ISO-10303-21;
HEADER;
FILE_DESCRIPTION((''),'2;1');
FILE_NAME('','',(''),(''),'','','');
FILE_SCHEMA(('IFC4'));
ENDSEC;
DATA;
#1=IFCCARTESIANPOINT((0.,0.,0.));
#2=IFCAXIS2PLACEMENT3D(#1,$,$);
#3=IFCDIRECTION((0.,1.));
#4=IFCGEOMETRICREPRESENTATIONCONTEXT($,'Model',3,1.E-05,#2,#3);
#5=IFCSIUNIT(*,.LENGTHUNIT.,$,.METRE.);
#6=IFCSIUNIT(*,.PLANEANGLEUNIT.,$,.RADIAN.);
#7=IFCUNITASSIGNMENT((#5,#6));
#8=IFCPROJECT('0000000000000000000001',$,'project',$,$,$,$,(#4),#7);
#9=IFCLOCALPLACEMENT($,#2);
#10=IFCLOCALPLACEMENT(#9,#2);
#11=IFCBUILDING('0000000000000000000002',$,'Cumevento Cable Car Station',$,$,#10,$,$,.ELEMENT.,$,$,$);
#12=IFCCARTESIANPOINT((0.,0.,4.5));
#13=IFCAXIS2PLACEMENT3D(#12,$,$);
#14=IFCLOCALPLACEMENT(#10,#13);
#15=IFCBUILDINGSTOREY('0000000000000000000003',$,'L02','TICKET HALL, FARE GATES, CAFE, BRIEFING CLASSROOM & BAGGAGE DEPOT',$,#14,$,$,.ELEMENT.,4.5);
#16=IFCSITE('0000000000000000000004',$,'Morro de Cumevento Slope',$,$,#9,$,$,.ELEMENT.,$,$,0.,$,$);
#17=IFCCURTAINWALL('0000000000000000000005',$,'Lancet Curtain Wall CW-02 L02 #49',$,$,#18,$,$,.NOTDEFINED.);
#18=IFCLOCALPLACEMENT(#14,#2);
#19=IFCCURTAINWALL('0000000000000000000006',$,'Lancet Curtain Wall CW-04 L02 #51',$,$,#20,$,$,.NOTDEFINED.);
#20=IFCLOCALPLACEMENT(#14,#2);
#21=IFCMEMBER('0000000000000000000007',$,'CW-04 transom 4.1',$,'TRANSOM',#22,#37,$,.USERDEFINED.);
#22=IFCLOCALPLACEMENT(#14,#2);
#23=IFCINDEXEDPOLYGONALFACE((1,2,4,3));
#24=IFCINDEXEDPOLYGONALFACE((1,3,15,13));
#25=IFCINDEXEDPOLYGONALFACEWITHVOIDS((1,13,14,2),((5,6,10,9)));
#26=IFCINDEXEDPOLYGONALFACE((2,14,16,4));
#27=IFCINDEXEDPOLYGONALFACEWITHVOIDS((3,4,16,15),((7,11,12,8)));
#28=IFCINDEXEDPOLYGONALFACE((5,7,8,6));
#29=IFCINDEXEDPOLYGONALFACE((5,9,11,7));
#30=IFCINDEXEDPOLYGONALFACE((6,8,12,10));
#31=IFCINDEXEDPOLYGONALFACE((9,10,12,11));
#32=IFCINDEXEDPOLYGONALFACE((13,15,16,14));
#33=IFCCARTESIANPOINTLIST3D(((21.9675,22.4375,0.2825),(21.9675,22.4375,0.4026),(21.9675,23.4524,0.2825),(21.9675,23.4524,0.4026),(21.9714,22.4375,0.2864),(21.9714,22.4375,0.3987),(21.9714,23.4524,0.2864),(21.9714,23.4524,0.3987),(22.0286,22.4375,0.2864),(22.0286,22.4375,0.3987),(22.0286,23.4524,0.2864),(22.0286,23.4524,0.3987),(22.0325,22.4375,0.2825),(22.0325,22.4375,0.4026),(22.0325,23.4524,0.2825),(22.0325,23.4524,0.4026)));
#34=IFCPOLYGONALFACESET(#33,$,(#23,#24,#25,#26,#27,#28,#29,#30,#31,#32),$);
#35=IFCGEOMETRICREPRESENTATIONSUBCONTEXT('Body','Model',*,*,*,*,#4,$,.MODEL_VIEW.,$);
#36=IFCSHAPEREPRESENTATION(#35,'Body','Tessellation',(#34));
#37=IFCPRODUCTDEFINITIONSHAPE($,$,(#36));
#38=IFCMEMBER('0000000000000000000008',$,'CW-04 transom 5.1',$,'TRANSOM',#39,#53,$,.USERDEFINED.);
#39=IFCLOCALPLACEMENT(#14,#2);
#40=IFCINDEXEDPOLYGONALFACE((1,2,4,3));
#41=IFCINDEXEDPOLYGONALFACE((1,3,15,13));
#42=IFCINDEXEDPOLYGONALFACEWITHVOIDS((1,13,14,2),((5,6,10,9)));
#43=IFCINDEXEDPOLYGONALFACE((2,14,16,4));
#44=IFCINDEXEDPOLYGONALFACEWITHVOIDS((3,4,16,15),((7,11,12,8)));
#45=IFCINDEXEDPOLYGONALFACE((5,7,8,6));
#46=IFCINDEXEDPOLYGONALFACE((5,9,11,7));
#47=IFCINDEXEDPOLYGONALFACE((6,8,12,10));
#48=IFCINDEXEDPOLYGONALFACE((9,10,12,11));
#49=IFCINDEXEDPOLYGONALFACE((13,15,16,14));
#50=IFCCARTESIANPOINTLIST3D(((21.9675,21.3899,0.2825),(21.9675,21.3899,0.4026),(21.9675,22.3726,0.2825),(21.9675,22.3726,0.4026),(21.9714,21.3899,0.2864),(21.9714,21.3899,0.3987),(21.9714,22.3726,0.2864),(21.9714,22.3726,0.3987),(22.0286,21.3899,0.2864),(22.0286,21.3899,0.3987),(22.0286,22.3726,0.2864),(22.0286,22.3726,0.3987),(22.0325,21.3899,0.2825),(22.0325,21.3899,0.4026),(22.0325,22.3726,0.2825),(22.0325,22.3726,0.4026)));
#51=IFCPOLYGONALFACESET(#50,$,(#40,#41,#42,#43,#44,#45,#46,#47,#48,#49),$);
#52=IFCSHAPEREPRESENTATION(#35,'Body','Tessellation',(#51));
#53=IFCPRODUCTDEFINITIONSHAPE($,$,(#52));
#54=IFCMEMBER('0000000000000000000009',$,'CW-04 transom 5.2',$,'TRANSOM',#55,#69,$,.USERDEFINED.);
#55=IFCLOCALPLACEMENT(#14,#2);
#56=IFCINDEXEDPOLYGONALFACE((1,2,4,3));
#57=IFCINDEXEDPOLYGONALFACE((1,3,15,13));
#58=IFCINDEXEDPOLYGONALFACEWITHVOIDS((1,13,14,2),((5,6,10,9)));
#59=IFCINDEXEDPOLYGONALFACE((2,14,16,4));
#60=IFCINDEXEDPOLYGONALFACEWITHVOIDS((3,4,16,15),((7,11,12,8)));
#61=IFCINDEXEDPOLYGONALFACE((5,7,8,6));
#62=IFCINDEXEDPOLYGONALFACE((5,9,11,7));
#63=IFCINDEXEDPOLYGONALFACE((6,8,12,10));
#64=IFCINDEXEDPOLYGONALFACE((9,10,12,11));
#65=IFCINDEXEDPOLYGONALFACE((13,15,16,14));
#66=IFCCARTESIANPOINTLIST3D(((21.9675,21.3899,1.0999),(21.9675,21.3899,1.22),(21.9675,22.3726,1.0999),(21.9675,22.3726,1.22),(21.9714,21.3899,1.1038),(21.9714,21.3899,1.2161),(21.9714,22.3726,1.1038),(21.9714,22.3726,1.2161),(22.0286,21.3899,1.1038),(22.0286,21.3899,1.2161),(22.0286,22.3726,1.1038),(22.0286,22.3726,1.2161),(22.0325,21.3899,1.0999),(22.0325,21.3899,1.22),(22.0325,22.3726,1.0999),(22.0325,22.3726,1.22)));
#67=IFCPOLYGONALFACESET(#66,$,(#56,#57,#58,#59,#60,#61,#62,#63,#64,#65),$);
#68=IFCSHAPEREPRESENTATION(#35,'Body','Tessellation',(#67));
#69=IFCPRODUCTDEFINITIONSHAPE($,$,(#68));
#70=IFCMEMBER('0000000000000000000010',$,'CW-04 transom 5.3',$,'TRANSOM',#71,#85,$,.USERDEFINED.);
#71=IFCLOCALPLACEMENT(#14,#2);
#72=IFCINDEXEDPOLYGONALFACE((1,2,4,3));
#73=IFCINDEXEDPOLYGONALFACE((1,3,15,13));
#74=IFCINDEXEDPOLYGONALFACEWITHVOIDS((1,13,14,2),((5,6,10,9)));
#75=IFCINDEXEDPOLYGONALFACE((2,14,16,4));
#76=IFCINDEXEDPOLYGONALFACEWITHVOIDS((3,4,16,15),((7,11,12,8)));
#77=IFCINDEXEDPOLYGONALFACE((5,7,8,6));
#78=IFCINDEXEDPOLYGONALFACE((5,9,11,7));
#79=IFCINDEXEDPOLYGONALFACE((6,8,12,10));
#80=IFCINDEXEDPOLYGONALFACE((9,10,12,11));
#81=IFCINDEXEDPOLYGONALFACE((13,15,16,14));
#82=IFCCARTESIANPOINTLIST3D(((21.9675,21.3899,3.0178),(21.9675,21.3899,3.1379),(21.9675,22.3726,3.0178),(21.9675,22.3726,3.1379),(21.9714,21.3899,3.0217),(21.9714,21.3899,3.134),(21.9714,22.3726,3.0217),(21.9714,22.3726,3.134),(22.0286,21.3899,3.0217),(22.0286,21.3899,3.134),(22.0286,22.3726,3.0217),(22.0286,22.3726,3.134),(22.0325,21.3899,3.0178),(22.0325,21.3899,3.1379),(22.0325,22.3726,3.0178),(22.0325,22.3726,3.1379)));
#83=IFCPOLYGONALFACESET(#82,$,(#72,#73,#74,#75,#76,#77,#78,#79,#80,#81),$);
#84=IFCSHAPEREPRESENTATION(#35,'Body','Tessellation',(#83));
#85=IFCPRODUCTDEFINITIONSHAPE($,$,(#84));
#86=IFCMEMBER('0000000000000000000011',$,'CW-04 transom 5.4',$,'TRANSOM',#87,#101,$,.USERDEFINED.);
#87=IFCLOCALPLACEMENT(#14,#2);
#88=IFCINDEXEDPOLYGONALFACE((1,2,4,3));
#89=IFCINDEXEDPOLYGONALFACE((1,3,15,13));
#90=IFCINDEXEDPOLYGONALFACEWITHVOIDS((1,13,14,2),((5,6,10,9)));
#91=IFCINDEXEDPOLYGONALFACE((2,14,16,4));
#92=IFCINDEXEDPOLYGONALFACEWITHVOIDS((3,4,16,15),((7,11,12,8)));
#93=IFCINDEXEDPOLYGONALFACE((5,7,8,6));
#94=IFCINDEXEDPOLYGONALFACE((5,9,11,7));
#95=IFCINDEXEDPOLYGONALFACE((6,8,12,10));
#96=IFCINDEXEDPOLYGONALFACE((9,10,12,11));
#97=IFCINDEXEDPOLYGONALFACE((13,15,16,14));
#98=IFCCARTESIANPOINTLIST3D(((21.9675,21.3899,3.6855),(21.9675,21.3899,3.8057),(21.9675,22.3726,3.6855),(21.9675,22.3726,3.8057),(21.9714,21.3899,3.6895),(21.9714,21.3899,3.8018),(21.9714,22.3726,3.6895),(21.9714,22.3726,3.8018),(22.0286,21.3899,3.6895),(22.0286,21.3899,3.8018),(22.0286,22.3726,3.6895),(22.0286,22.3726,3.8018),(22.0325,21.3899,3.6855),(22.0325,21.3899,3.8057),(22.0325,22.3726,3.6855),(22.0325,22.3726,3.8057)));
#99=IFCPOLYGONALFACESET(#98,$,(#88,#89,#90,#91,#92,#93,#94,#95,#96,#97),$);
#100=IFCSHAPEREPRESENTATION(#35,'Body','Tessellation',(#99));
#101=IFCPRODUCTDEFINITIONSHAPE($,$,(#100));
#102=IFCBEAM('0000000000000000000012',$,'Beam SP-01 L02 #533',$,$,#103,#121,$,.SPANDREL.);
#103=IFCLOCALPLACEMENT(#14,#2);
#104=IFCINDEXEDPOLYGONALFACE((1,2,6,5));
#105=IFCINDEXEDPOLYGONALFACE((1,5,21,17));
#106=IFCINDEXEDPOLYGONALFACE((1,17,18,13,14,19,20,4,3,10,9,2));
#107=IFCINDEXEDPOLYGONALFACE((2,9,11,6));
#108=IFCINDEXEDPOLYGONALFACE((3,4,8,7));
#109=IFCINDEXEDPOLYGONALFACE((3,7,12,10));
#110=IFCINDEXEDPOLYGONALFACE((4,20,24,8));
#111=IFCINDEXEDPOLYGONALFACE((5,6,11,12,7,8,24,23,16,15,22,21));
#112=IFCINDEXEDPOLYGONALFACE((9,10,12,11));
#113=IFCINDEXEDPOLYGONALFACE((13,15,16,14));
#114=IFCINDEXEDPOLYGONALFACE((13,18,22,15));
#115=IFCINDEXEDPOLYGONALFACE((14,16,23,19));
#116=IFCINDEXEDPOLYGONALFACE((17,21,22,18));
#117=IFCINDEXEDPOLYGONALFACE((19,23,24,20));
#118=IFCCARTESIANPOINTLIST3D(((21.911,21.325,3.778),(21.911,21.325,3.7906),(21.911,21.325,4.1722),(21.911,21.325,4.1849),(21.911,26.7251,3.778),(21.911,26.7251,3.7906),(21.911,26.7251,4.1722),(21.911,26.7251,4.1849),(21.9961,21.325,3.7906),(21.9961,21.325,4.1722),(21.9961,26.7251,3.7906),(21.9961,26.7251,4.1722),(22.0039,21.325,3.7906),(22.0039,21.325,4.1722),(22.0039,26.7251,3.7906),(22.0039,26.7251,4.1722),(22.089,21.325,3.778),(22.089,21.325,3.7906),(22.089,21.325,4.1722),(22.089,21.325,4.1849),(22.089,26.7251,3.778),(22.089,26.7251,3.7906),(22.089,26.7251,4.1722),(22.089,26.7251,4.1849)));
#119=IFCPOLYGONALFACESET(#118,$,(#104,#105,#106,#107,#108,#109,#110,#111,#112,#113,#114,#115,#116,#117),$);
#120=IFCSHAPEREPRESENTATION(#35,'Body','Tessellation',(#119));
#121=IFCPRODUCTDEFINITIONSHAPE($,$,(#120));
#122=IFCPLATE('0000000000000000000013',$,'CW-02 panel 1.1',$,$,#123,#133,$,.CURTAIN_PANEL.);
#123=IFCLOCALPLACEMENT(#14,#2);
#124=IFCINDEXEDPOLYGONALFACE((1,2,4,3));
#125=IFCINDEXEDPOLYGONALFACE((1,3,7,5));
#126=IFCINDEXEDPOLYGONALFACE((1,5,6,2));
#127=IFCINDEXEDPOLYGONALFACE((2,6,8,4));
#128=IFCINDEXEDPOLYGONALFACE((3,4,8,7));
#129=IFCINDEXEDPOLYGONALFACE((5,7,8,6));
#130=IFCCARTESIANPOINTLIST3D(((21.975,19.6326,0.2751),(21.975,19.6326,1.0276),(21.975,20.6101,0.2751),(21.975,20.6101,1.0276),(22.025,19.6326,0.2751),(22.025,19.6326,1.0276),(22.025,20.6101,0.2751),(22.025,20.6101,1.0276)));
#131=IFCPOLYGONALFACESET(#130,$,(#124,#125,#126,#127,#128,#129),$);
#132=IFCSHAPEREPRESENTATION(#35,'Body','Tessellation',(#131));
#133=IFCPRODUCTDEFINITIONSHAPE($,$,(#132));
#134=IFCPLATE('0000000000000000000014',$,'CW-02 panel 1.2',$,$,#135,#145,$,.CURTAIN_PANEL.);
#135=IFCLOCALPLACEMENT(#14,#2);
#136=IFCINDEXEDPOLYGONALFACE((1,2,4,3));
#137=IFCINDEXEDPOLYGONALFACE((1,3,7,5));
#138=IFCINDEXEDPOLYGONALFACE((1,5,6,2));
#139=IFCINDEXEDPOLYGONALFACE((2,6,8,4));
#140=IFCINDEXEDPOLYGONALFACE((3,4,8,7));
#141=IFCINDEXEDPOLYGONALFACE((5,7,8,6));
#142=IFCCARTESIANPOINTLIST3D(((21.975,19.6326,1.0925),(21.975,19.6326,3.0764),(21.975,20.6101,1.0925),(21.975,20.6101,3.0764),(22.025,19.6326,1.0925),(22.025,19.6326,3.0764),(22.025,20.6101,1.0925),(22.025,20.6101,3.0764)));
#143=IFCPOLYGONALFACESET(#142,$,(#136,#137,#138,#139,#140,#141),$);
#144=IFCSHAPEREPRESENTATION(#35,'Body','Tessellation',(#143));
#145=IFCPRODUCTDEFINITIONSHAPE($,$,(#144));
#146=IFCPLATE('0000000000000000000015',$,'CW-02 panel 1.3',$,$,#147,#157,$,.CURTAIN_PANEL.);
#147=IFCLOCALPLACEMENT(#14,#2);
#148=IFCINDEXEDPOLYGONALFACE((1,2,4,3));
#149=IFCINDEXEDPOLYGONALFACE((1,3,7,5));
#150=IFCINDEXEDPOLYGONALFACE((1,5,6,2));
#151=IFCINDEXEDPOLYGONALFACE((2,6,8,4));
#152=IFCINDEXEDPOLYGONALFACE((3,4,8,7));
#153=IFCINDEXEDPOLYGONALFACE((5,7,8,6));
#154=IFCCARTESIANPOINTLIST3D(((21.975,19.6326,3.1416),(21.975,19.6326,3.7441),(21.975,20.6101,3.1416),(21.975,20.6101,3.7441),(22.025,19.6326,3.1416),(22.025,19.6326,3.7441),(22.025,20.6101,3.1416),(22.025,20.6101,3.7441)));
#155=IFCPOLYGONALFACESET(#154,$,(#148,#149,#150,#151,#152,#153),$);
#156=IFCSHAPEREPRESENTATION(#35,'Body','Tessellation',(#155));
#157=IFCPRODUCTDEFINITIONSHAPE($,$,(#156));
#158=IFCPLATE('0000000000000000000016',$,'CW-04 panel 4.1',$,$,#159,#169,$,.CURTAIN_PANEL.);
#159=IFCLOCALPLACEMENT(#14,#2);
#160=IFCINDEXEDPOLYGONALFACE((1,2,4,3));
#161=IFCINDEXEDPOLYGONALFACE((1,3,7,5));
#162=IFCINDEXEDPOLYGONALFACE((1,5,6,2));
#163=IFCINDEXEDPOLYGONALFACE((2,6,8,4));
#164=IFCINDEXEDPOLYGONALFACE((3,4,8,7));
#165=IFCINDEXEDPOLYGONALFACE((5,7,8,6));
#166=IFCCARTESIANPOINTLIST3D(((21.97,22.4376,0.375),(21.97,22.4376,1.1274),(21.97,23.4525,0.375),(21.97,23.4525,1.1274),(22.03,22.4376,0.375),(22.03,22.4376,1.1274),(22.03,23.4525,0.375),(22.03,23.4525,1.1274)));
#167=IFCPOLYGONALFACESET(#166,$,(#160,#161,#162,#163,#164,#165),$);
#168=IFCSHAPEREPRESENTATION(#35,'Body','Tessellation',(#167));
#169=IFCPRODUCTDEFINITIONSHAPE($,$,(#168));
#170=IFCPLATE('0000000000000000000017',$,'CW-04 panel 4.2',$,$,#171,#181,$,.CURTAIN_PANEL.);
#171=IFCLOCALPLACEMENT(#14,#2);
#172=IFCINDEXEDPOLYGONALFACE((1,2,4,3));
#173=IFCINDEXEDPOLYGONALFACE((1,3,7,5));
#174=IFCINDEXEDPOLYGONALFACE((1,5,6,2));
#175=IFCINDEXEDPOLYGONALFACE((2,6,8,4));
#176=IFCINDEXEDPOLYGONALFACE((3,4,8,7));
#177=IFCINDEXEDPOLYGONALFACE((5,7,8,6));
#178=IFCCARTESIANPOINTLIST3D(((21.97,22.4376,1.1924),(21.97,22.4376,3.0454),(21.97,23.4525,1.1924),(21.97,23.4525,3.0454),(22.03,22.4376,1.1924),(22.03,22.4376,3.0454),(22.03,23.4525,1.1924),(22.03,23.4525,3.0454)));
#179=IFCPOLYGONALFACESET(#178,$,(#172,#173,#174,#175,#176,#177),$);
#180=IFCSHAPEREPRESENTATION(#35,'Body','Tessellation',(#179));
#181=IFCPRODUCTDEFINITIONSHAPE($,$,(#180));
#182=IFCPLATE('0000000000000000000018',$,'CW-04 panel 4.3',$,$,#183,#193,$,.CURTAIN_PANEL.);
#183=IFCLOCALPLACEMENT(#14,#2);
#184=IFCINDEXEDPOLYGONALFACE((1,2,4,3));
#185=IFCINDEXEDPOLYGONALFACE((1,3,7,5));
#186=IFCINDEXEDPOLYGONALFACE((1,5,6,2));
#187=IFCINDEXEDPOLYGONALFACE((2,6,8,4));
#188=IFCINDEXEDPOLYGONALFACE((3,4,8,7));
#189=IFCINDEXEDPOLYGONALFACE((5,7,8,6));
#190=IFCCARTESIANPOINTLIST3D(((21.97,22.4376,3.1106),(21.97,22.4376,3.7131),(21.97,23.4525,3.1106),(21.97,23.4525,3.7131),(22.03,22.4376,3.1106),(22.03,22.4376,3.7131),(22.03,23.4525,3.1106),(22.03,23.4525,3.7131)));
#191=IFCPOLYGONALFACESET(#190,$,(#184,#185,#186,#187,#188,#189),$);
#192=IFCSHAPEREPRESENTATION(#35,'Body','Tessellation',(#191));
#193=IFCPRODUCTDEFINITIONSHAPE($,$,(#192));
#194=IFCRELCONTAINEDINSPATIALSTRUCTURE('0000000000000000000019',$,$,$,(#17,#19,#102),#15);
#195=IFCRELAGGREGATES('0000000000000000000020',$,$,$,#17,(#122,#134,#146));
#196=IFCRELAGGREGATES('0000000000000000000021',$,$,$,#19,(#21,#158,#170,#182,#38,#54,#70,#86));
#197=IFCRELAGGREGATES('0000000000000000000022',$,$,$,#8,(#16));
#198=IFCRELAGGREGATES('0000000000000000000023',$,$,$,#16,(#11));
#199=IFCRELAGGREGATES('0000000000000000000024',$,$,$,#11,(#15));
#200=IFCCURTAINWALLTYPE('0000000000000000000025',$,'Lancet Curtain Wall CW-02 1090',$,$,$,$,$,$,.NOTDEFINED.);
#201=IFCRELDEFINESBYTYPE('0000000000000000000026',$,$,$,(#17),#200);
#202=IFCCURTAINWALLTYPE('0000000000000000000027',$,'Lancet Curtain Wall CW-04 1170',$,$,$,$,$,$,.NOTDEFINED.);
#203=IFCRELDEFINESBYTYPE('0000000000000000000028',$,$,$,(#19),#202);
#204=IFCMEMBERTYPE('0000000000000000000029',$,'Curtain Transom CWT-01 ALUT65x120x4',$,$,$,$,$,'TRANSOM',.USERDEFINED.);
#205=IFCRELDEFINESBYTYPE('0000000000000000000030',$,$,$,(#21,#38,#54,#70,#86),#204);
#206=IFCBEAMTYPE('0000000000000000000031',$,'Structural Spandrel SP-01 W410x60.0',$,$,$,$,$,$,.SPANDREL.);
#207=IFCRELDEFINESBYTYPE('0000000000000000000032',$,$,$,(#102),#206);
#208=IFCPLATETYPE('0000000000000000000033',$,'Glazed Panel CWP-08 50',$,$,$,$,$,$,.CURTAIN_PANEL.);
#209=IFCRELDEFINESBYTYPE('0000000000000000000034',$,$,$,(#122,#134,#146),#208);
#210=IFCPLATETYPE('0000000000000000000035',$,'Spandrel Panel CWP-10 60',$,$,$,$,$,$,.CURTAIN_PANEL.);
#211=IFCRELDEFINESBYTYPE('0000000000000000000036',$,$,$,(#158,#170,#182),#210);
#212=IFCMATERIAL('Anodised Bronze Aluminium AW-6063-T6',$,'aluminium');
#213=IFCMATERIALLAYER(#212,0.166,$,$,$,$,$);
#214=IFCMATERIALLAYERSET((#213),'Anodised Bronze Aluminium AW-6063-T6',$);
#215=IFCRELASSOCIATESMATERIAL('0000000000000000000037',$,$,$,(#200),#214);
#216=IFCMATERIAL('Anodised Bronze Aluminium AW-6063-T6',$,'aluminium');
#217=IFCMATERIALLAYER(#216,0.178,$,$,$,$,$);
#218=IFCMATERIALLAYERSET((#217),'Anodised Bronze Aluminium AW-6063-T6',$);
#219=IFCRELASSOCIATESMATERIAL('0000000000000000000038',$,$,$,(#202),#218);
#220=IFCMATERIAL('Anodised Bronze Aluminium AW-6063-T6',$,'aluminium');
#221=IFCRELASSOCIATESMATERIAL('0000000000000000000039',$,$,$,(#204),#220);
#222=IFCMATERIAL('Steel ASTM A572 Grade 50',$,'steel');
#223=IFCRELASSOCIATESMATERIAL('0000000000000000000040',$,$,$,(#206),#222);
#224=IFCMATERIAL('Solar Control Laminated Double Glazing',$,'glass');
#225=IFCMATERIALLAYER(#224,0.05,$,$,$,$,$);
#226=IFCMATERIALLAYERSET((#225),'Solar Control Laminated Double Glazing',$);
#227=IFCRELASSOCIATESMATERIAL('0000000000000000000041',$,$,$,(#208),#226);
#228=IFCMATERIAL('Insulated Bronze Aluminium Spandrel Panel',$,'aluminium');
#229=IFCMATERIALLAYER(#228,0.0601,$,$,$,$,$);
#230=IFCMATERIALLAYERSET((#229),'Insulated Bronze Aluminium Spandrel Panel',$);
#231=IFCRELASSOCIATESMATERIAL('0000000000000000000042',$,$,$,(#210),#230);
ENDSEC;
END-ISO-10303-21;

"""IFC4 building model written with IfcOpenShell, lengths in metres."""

from ifc_helpers import new_model, si_unit, direction, frame, origin, origin_2d, place, context, subcontext, project, spatial, rectangle, hollow_rectangle, i_section, extrude, material, layer, layer_set, material_profile, profile_set, type_object, element, aggregate, save


model = new_model("IFC4")

# Units and contexts
model_context = context("Model", 3, precision=1e-05, world=origin(), true_north=direction((0.0, 1.0)))
body_context = subcontext(model_context, "Body", "Model", "MODEL_VIEW")
ifc_project = project(units=[si_unit("LENGTHUNIT", "METRE"), si_unit("PLANEANGLEUNIT", "RADIAN")], contexts=[model_context])

# Site, building, storey
site_placement = place(None, origin())
site = spatial("IfcSite", under=ifc_project, at=site_placement, Name="Morro de Cumevento Slope", CompositionType="ELEMENT", RefElevation=0.0)
building_placement = place(site_placement, origin())
building = spatial("IfcBuilding", under=site, at=building_placement, Name="Cumevento Cable Car Station", CompositionType="ELEMENT")
storey_placement = place(building_placement, frame((0.0, 0.0, 4.5)))
storey = spatial("IfcBuildingStorey", under=building, at=storey_placement, Name="L02", Description="TICKET HALL, FARE GATES, CAFE, BRIEFING CLASSROOM & BAGGAGE DEPOT", CompositionType="ELEMENT", Elevation=4.5)

# Curtain walls
ifc_material_1 = material(Name="Anodised Bronze Aluminium AW-6063-T6", Category="aluminium")
ifc_layer_1 = layer(ifc_material_1, 0.166)
ifc_layer_set_1 = layer_set([ifc_layer_1], Name="Anodised Bronze Aluminium AW-6063-T6")
curtain_wall_type_1 = type_object("IfcCurtainWallType", Name="Lancet Curtain Wall CW-02 1090", PredefinedType="NOTDEFINED", material=ifc_layer_set_1)
curtain_wall_1_placement = place(storey_placement, origin())
curtain_wall_1 = element("IfcCurtainWall", 1, at=curtain_wall_1_placement, inside=storey, type_object=curtain_wall_type_1, Name="Lancet Curtain Wall CW-02 L02 #49", PredefinedType="NOTDEFINED")
ifc_material_2 = material(Name="Anodised Bronze Aluminium AW-6063-T6", Category="aluminium")
ifc_layer_2 = layer(ifc_material_2, 0.178)
ifc_layer_set_2 = layer_set([ifc_layer_2], Name="Anodised Bronze Aluminium AW-6063-T6")
curtain_wall_type_2 = type_object("IfcCurtainWallType", Name="Lancet Curtain Wall CW-04 1170", PredefinedType="NOTDEFINED", material=ifc_layer_set_2)
curtain_wall_2_placement = place(storey_placement, origin())
curtain_wall_2 = element("IfcCurtainWall", 2, at=curtain_wall_2_placement, inside=storey, type_object=curtain_wall_type_2, Name="Lancet Curtain Wall CW-04 L02 #51", PredefinedType="NOTDEFINED")

# Members
ifc_material_3 = material(Name="Anodised Bronze Aluminium AW-6063-T6", Category="aluminium")
ifc_material_profile_1 = material_profile(ifc_material_3, hollow_rectangle(XDim=0.0649, YDim=0.1201, WallThickness=0.0039, at=origin_2d()), Name="ALUT65x120x4")
ifc_profile_set_1 = profile_set([ifc_material_profile_1], Name="Anodised Bronze Aluminium AW-6063-T6")
member_type_1 = type_object("IfcMemberType", Name="Curtain Transom CWT-01 ALUT65x120x4", ElementType="TRANSOM", PredefinedType="USERDEFINED", material=ifc_profile_set_1)
member_1_placement = place(storey_placement, frame((22.0, 23.4524, 0.3425), z_axis=(0.0, -1.0, 0.0), x_axis=(1.0, 0.0, 0.0)))
member_1 = element("IfcMember", 3, at=member_1_placement, type_object=member_type_1, Name="CW-04 transom 4.1", ObjectType="TRANSOM", PredefinedType="USERDEFINED", context=body_context, shape_type="SweptSolid", body=[
    extrude(hollow_rectangle(XDim=0.0649, YDim=0.1201, WallThickness=0.0039, at=origin_2d()), origin(), (0.0, 0.0, 1.0), 1.0149),
])
member_2_placement = place(storey_placement, frame((22.0, 22.3726, 0.3425), z_axis=(0.0, -1.0, 0.0), x_axis=(1.0, 0.0, 0.0)))
member_2 = element("IfcMember", 4, at=member_2_placement, type_object=member_type_1, Name="CW-04 transom 5.1", ObjectType="TRANSOM", PredefinedType="USERDEFINED", context=body_context, shape_type="SweptSolid", body=[
    extrude(hollow_rectangle(XDim=0.0649, YDim=0.1201, WallThickness=0.0039, at=origin_2d()), origin(), (0.0, 0.0, 1.0), 0.9827),
])
member_3_placement = place(storey_placement, frame((22.0, 22.3726, 1.1599), z_axis=(0.0, -1.0, 0.0), x_axis=(1.0, 0.0, 0.0)))
member_3 = element("IfcMember", 5, at=member_3_placement, type_object=member_type_1, Name="CW-04 transom 5.2", ObjectType="TRANSOM", PredefinedType="USERDEFINED", context=body_context, shape_type="SweptSolid", body=[
    extrude(hollow_rectangle(XDim=0.0649, YDim=0.1201, WallThickness=0.0039, at=origin_2d()), origin(), (0.0, 0.0, 1.0), 0.9827),
])
member_4_placement = place(storey_placement, frame((22.0, 22.3726, 3.0779), z_axis=(0.0, -1.0, 0.0), x_axis=(1.0, 0.0, 0.0)))
member_4 = element("IfcMember", 6, at=member_4_placement, type_object=member_type_1, Name="CW-04 transom 5.3", ObjectType="TRANSOM", PredefinedType="USERDEFINED", context=body_context, shape_type="SweptSolid", body=[
    extrude(hollow_rectangle(XDim=0.0649, YDim=0.1201, WallThickness=0.0039, at=origin_2d()), origin(), (0.0, 0.0, 1.0), 0.9827),
])
member_5_placement = place(storey_placement, frame((22.0, 22.3726, 3.7456), z_axis=(0.0, -1.0, 0.0), x_axis=(1.0, 0.0, 0.0)))
member_5 = element("IfcMember", 7, at=member_5_placement, type_object=member_type_1, Name="CW-04 transom 5.4", ObjectType="TRANSOM", PredefinedType="USERDEFINED", context=body_context, shape_type="SweptSolid", body=[
    extrude(hollow_rectangle(XDim=0.0649, YDim=0.1201, WallThickness=0.0039, at=origin_2d()), origin(), (0.0, 0.0, 1.0), 0.9827),
])

# Beam
ifc_material_4 = material(Name="Steel ASTM A572 Grade 50", Category="steel")
ifc_material_profile_2 = material_profile(ifc_material_4, i_section(OverallWidth=0.178, OverallDepth=0.407, WebThickness=0.0078, FlangeThickness=0.0127, at=origin_2d()), Name="W410x60.0")
ifc_profile_set_2 = profile_set([ifc_material_profile_2], Name="Steel ASTM A572 Grade 50")
beam_type = type_object("IfcBeamType", Name="Structural Spandrel SP-01 W410x60.0", PredefinedType="SPANDREL", material=ifc_profile_set_2)
beam_placement = place(storey_placement, frame((22.0, 21.325, 3.9814), z_axis=(0.0, 1.0, 0.0), x_axis=(-1.0, 0.0, 0.0)))
element("IfcBeam", 8, at=beam_placement, inside=storey, type_object=beam_type, Name="Beam SP-01 L02 #533", PredefinedType="SPANDREL", context=body_context, shape_type="SweptSolid", body=[
    extrude(i_section(OverallWidth=0.178, OverallDepth=0.407, WebThickness=0.0078, FlangeThickness=0.0127, at=origin_2d()), origin(), (0.0, 0.0, 1.0), 5.4001),
])

# Plates
ifc_material_5 = material(Name="Solar Control Laminated Double Glazing", Category="glass")
ifc_layer_3 = layer(ifc_material_5, 0.05)
ifc_layer_set_3 = layer_set([ifc_layer_3], Name="Solar Control Laminated Double Glazing")
plate_type_1 = type_object("IfcPlateType", Name="Glazed Panel CWP-08 50", PredefinedType="CURTAIN_PANEL", material=ifc_layer_set_3)
plate_1_placement = place(storey_placement, frame((22.0, 20.1213, 0.2751), z_axis=(0.0, 0.0, 1.0), x_axis=(0.0, -1.0, 0.0)))
plate_1 = element("IfcPlate", 9, at=plate_1_placement, type_object=plate_type_1, Name="CW-02 panel 1.1", PredefinedType="CURTAIN_PANEL", context=body_context, shape_type="SweptSolid", body=[
    extrude(rectangle(XDim=0.9775, YDim=0.05, at=origin_2d()), origin(), (0.0, 0.0, 1.0), 0.7524),
])
plate_2_placement = place(storey_placement, frame((22.0, 20.1213, 1.0925), z_axis=(0.0, 0.0, 1.0), x_axis=(0.0, -1.0, 0.0)))
plate_2 = element("IfcPlate", 10, at=plate_2_placement, type_object=plate_type_1, Name="CW-02 panel 1.2", PredefinedType="CURTAIN_PANEL", context=body_context, shape_type="SweptSolid", body=[
    extrude(rectangle(XDim=0.9775, YDim=0.05, at=origin_2d()), origin(), (0.0, 0.0, 1.0), 1.9839),
])
plate_3_placement = place(storey_placement, frame((22.0, 20.1213, 3.1416), z_axis=(0.0, 0.0, 1.0), x_axis=(0.0, -1.0, 0.0)))
plate_3 = element("IfcPlate", 11, at=plate_3_placement, type_object=plate_type_1, Name="CW-02 panel 1.3", PredefinedType="CURTAIN_PANEL", context=body_context, shape_type="SweptSolid", body=[
    extrude(rectangle(XDim=0.9775, YDim=0.05, at=origin_2d()), origin(), (0.0, 0.0, 1.0), 0.6025),
])
aggregate(curtain_wall_1, [plate_1, plate_2, plate_3])
ifc_material_6 = material(Name="Insulated Bronze Aluminium Spandrel Panel", Category="aluminium")
ifc_layer_4 = layer(ifc_material_6, 0.0601)
ifc_layer_set_4 = layer_set([ifc_layer_4], Name="Insulated Bronze Aluminium Spandrel Panel")
plate_type_2 = type_object("IfcPlateType", Name="Spandrel Panel CWP-10 60", PredefinedType="CURTAIN_PANEL", material=ifc_layer_set_4)
plate_4_placement = place(storey_placement, frame((22.0, 22.9451, 0.375), z_axis=(0.0, 0.0, 1.0), x_axis=(0.0, -1.0, 0.0)))
plate_4 = element("IfcPlate", 12, at=plate_4_placement, type_object=plate_type_2, Name="CW-04 panel 4.1", PredefinedType="CURTAIN_PANEL", context=body_context, shape_type="SweptSolid", body=[
    extrude(rectangle(XDim=1.0149, YDim=0.0601, at=origin_2d()), origin(), (0.0, 0.0, 1.0), 0.7524),
])
plate_5_placement = place(storey_placement, frame((22.0, 22.9451, 1.1924), z_axis=(0.0, 0.0, 1.0), x_axis=(0.0, -1.0, 0.0)))
plate_5 = element("IfcPlate", 13, at=plate_5_placement, type_object=plate_type_2, Name="CW-04 panel 4.2", PredefinedType="CURTAIN_PANEL", context=body_context, shape_type="SweptSolid", body=[
    extrude(rectangle(XDim=1.0149, YDim=0.0601, at=origin_2d()), origin(), (0.0, 0.0, 1.0), 1.853),
])
plate_6_placement = place(storey_placement, frame((22.0, 22.9451, 3.1106), z_axis=(0.0, 0.0, 1.0), x_axis=(0.0, -1.0, 0.0)))
plate_6 = element("IfcPlate", 14, at=plate_6_placement, type_object=plate_type_2, Name="CW-04 panel 4.3", PredefinedType="CURTAIN_PANEL", context=body_context, shape_type="SweptSolid", body=[
    extrude(rectangle(XDim=1.0149, YDim=0.0601, at=origin_2d()), origin(), (0.0, 0.0, 1.0), 0.6025),
])
aggregate(curtain_wall_2, [member_1, plate_4, plate_5, plate_6, member_2, member_3, member_4, member_5])

save(model, "model.ifc")
